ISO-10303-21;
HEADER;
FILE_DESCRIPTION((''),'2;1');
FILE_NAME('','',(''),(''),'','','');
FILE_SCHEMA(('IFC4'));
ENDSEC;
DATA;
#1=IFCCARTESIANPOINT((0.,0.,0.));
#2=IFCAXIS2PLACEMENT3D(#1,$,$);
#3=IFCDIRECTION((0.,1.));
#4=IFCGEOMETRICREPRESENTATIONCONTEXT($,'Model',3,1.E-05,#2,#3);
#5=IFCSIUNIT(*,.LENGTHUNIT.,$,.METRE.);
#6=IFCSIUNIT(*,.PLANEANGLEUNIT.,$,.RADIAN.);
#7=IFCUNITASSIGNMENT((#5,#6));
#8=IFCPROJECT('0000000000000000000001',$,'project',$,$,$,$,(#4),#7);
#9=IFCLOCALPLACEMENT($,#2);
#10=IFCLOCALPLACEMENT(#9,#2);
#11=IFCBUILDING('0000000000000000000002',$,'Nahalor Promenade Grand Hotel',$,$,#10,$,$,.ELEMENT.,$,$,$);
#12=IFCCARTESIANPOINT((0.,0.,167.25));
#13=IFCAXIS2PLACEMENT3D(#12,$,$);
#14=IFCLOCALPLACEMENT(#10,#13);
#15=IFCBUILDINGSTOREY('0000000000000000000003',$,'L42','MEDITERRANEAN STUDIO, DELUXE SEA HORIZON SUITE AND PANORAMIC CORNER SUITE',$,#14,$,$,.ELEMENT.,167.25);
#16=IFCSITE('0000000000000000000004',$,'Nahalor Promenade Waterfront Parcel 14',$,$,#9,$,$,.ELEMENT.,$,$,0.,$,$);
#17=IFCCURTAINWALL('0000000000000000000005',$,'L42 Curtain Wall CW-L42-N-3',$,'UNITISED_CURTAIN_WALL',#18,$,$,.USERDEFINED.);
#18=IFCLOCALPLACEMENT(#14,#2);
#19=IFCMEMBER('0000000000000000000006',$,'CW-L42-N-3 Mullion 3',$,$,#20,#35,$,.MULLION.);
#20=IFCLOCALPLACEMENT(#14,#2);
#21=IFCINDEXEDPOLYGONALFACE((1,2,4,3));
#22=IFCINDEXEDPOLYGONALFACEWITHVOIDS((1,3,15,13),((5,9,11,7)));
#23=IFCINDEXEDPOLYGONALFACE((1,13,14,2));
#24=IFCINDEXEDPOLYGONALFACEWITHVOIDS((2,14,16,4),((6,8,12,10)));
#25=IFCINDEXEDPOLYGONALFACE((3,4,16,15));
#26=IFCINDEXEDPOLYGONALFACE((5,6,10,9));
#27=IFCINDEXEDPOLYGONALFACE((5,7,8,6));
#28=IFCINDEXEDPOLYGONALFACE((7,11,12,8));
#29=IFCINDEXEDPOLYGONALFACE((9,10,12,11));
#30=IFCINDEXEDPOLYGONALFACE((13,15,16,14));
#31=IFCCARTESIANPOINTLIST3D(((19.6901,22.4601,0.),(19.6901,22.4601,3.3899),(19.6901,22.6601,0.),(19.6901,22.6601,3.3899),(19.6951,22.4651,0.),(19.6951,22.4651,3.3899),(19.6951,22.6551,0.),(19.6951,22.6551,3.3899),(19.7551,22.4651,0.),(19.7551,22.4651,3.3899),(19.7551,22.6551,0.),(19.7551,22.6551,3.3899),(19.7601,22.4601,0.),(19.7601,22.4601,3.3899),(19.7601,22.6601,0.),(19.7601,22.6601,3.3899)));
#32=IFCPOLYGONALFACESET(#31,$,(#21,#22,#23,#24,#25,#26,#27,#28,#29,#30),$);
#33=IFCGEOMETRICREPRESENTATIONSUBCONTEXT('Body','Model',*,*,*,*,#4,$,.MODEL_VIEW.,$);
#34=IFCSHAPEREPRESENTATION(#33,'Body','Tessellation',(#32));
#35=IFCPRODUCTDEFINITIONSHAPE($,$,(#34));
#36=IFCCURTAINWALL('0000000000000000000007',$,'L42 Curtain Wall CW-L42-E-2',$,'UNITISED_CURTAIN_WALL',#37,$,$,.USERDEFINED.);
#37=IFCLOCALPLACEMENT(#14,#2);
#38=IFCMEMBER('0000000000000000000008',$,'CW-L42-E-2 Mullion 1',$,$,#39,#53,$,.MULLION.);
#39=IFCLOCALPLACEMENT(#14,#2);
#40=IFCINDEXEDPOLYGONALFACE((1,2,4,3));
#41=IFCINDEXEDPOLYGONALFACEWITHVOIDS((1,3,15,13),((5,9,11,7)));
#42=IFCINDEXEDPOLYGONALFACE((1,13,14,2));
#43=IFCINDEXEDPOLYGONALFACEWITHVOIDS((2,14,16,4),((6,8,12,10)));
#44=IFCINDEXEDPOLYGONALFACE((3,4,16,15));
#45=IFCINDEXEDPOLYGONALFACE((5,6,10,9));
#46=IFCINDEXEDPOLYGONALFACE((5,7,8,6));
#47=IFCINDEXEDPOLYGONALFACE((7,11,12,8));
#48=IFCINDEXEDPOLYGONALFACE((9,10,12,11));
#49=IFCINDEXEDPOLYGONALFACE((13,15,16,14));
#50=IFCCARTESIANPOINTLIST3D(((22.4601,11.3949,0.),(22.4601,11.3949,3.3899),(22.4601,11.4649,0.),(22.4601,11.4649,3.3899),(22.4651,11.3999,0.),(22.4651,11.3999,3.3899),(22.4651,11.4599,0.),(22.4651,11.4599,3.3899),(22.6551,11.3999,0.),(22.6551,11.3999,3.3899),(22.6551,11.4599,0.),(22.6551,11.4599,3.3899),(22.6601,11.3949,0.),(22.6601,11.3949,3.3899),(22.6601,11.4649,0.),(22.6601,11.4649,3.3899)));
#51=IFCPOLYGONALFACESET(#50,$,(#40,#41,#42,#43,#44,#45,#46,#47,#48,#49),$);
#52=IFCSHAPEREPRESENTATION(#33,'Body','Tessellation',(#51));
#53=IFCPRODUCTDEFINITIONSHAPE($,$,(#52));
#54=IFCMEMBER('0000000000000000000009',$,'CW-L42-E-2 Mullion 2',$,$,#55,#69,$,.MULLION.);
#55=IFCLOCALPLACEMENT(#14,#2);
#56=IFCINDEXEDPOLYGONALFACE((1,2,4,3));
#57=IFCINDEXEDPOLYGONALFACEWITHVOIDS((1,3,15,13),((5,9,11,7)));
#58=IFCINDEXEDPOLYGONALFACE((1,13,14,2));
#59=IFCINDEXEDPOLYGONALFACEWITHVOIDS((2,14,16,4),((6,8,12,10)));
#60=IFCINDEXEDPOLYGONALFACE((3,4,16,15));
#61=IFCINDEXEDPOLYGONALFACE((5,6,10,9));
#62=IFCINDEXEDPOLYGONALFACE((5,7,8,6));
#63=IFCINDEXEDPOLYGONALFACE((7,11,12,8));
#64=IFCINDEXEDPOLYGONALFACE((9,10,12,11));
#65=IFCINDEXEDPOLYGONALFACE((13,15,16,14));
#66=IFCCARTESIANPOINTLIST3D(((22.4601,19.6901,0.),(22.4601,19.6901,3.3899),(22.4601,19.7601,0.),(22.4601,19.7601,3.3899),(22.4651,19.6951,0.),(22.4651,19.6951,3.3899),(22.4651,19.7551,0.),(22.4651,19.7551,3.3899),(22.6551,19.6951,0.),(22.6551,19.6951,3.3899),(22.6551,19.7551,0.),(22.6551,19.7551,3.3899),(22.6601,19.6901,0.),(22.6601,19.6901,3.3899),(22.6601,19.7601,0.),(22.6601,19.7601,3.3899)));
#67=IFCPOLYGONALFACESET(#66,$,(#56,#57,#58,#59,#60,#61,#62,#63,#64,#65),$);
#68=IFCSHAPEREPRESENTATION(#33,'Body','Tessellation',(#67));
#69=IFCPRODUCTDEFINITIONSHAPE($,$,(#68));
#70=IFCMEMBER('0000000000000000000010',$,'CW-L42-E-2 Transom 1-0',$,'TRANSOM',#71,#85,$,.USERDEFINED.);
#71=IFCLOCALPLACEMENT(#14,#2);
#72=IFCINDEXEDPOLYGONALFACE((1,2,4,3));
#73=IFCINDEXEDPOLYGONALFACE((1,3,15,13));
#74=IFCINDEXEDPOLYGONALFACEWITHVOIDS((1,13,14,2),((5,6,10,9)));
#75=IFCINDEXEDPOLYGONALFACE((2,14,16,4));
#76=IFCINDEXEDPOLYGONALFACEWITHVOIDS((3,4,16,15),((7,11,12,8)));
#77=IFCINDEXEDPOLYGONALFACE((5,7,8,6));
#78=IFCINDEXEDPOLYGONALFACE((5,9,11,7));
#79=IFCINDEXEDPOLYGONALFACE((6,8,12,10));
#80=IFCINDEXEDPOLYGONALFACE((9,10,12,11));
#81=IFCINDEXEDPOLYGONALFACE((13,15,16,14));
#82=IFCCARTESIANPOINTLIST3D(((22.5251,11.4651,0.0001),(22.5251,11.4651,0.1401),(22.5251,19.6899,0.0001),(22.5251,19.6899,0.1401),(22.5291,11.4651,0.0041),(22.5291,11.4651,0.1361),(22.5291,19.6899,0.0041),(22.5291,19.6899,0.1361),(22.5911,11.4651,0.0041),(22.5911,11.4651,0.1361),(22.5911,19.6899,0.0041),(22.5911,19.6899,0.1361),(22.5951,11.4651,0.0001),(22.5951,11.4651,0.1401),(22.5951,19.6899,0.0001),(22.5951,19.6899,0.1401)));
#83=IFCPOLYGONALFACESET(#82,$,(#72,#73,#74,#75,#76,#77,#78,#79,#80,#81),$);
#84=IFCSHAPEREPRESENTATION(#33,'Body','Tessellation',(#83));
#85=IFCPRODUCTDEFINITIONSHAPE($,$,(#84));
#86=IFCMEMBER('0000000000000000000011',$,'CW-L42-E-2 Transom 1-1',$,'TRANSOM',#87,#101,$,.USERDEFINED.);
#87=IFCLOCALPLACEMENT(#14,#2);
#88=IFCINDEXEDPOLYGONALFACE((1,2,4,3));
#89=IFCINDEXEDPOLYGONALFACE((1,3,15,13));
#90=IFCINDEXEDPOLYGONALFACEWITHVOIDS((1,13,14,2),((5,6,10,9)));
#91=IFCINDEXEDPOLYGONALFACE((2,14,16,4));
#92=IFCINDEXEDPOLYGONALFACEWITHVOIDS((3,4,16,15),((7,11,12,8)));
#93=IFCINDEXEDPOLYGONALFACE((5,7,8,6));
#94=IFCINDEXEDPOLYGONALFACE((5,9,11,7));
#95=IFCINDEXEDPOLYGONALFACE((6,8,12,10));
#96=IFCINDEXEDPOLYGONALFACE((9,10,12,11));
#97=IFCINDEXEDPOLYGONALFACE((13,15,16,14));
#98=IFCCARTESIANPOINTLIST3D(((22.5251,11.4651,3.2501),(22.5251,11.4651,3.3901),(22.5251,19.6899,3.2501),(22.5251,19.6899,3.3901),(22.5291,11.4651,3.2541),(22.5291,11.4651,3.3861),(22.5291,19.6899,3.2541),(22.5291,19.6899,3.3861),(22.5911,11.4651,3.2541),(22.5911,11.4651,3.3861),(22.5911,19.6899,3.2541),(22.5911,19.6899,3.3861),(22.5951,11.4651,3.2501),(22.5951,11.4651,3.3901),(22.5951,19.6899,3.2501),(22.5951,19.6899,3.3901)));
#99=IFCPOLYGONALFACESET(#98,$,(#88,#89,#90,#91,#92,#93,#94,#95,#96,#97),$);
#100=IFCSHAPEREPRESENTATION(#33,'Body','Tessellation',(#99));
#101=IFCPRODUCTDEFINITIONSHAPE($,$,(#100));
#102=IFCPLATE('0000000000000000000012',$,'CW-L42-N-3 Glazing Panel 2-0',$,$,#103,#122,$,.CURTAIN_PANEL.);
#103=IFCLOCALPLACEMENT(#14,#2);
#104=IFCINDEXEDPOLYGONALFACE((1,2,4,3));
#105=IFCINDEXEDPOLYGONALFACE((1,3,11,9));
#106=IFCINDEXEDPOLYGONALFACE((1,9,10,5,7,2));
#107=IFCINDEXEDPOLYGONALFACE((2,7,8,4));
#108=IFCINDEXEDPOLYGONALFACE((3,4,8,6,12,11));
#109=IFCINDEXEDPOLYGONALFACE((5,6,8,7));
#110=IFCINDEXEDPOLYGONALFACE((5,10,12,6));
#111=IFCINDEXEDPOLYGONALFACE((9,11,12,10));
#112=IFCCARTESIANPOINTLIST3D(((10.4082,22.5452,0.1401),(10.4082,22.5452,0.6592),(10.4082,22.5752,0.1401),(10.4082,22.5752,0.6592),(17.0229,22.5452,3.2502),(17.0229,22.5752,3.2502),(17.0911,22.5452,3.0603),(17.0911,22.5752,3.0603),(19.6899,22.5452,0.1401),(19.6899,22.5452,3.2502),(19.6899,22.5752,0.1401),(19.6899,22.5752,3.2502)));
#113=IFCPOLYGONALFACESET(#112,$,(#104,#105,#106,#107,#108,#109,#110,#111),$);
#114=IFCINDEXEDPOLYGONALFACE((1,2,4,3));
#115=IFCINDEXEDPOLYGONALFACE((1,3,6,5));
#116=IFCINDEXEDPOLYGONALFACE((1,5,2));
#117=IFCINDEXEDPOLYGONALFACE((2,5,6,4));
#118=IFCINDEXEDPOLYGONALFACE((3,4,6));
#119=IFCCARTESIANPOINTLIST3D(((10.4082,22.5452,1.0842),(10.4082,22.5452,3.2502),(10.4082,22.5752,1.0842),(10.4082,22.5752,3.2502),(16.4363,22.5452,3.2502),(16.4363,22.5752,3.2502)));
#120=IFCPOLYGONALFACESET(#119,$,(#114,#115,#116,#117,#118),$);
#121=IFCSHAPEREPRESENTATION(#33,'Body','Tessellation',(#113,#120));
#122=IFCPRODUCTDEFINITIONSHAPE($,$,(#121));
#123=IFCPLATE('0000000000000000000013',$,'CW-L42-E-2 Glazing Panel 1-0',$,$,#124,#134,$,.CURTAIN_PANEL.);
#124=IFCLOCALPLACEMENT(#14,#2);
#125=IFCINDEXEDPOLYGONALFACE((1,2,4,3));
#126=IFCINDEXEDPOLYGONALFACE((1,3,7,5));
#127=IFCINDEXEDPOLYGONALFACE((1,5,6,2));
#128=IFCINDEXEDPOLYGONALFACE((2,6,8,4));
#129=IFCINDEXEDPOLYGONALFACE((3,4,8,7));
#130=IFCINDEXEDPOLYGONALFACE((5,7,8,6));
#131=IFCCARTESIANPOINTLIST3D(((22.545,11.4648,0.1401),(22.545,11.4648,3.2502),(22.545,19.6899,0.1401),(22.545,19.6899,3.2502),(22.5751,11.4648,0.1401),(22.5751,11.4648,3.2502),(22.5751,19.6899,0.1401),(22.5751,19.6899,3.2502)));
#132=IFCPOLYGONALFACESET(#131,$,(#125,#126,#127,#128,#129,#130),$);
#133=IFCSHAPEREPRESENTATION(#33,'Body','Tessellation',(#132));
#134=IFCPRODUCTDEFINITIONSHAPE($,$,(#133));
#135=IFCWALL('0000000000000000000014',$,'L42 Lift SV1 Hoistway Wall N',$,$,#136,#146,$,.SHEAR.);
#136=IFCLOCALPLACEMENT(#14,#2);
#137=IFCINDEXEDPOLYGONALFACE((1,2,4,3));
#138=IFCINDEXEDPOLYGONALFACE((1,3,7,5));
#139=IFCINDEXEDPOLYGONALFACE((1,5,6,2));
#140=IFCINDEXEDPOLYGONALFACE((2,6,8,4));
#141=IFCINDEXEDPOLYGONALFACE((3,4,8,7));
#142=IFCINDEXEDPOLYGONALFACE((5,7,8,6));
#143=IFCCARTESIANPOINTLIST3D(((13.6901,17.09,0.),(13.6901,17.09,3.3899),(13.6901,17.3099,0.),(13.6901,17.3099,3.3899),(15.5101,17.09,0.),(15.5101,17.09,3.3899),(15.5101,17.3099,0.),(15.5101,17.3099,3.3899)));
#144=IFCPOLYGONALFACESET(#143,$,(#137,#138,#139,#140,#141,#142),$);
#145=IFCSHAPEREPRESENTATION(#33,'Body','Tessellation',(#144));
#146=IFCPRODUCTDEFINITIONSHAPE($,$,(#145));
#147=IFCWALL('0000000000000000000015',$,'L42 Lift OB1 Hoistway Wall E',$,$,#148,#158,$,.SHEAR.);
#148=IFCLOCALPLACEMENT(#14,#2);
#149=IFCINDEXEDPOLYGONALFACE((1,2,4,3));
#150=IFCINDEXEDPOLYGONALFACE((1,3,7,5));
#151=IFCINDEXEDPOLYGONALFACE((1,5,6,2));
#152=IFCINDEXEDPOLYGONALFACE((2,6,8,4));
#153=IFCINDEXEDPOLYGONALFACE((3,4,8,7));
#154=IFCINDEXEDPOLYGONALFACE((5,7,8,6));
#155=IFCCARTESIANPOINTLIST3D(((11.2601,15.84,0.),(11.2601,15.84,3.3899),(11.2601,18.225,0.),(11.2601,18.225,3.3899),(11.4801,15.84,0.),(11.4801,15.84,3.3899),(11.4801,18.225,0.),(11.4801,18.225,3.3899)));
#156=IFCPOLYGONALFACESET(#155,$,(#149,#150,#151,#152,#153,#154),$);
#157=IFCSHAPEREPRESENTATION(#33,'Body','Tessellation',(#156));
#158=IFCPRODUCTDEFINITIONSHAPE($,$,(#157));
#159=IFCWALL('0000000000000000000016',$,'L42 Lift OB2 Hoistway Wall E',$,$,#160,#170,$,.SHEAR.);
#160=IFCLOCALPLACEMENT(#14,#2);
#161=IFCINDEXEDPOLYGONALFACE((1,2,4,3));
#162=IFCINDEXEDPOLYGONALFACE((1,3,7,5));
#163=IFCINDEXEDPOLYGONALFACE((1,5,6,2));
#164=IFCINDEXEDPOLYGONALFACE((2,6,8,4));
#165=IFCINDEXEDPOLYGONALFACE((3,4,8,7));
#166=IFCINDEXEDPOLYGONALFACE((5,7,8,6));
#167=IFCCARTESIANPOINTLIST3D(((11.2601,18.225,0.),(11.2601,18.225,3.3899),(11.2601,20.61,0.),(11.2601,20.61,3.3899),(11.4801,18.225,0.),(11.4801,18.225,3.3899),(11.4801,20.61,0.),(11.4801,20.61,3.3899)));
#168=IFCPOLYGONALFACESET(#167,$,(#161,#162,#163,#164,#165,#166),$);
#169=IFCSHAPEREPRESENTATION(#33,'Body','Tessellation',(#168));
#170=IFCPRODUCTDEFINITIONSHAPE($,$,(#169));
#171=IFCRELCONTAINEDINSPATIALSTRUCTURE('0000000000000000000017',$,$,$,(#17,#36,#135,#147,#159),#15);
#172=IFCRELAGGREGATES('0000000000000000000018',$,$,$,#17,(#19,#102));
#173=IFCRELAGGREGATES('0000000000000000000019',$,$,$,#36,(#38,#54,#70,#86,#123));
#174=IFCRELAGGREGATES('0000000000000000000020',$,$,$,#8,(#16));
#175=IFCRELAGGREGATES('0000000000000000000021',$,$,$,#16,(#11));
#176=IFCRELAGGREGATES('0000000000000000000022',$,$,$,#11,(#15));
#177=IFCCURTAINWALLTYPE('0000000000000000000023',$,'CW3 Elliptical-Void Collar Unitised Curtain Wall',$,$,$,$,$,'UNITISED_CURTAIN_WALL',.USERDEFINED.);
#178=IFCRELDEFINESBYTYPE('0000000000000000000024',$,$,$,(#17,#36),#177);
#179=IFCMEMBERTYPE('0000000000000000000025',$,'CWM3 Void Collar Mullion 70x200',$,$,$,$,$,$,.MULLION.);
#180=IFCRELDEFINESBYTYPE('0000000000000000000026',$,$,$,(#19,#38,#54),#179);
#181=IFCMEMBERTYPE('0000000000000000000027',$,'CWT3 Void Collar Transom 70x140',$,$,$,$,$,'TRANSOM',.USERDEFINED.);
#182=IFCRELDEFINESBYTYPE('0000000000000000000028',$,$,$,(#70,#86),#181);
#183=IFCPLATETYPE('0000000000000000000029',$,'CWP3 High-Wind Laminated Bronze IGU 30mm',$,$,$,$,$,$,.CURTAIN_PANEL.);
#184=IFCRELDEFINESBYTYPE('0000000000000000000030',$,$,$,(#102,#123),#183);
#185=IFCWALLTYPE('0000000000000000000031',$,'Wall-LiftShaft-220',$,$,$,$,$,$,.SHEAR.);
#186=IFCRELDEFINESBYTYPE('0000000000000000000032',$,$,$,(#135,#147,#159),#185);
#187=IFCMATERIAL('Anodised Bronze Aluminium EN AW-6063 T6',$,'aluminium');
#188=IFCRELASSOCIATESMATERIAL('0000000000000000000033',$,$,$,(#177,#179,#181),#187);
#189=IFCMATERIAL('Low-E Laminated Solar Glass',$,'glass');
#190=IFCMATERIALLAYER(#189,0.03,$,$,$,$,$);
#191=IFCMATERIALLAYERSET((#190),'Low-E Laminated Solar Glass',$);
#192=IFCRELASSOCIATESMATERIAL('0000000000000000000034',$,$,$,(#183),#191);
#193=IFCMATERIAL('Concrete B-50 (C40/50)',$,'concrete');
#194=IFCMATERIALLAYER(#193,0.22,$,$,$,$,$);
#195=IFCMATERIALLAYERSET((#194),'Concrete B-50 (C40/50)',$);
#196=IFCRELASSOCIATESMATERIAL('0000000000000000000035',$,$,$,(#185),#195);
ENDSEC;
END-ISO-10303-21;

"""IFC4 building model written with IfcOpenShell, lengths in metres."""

from ifc_helpers import new_model, si_unit, direction, frame, frame_2d, origin, origin_2d, place, context, subcontext, project, spatial, polyline, rectangle, hollow_rectangle, outline, extrude, source, transform, mapped, material, layer, layer_set, material_profile, profile_set, type_object, element, aggregate, save


model = new_model("IFC4")

# Units and contexts
model_context = context("Model", 3, precision=1e-05, world=origin(), true_north=direction((0.0, 1.0)))
body_context = subcontext(model_context, "Body", "Model", "MODEL_VIEW")
ifc_project = project(units=[si_unit("LENGTHUNIT", "METRE"), si_unit("PLANEANGLEUNIT", "RADIAN")], contexts=[model_context])

# Site, building, storey
site_placement = place(None, origin())
site = spatial("IfcSite", under=ifc_project, at=site_placement, Name="Nahalor Promenade Waterfront Parcel 14", CompositionType="ELEMENT", RefElevation=0.0)
building_placement = place(site_placement, origin())
building = spatial("IfcBuilding", under=site, at=building_placement, Name="Nahalor Promenade Grand Hotel", CompositionType="ELEMENT")
storey_placement = place(building_placement, frame((0.0, 0.0, 167.25)))
storey = spatial("IfcBuildingStorey", under=building, at=storey_placement, Name="L42", Description="MEDITERRANEAN STUDIO, DELUXE SEA HORIZON SUITE AND PANORAMIC CORNER SUITE", CompositionType="ELEMENT", Elevation=167.25)

# Curtain wall, member
ifc_material_1 = material(Name="Anodised Bronze Aluminium EN AW-6063 T6", Category="aluminium")
curtain_wall_type = type_object("IfcCurtainWallType", Name="CW3 Elliptical-Void Collar Unitised Curtain Wall", ElementType="UNITISED_CURTAIN_WALL", PredefinedType="USERDEFINED", material=ifc_material_1)
curtain_wall_1_placement = place(storey_placement, origin())
curtain_wall_1 = element("IfcCurtainWall", 1, at=curtain_wall_1_placement, inside=storey, type_object=curtain_wall_type, Name="L42 Curtain Wall CW-L42-N-3", ObjectType="UNITISED_CURTAIN_WALL", PredefinedType="USERDEFINED")
ifc_material_profile_1 = material_profile(ifc_material_1, hollow_rectangle(XDim=0.07, YDim=0.2, WallThickness=0.005, at=origin_2d()), Name="CWM 70x200x5")
ifc_profile_set_1 = profile_set([ifc_material_profile_1], Name="Anodised Bronze Aluminium EN AW-6063 T6")
member_type_1 = type_object("IfcMemberType", Name="CWM3 Void Collar Mullion 70x200", PredefinedType="MULLION", material=ifc_profile_set_1)
shared_shape_1 = source(origin(), body_context, "Body", "SweptSolid", [
    extrude(hollow_rectangle(XDim=0.07, YDim=0.2, WallThickness=0.005, at=origin_2d()), origin(), (0.0, 0.0, 1.0), 3.3899),
])
member_1_placement = place(storey_placement, frame((19.7251, 22.5601, 0.0), z_axis=(0.0, 0.0, 1.0), x_axis=(1.0, 0.0, 0.0)))
member_1 = element("IfcMember", 2, at=member_1_placement, type_object=member_type_1, Name="CW-L42-N-3 Mullion 3", PredefinedType="MULLION", context=body_context, shape_type="MappedRepresentation", body=[
    mapped(shared_shape_1, transform((0.0, 0.0, 0.0), scale=1.0)),
])

# Curtain wall, members
curtain_wall_2_placement = place(storey_placement, origin())
curtain_wall_2 = element("IfcCurtainWall", 3, at=curtain_wall_2_placement, inside=storey, type_object=curtain_wall_type, Name="L42 Curtain Wall CW-L42-E-2", ObjectType="UNITISED_CURTAIN_WALL", PredefinedType="USERDEFINED")
member_2_placement = place(storey_placement, frame((22.5601, 11.4299, 0.0), z_axis=(0.0, 0.0, 1.0), x_axis=(0.0, 1.0, 0.0)))
member_2 = element("IfcMember", 4, at=member_2_placement, type_object=member_type_1, Name="CW-L42-E-2 Mullion 1", PredefinedType="MULLION", context=body_context, shape_type="MappedRepresentation", body=[
    mapped(shared_shape_1, transform((0.0, 0.0, 0.0), scale=1.0)),
])
member_3_placement = place(storey_placement, frame((22.5601, 19.7251, 0.0), z_axis=(0.0, 0.0, 1.0), x_axis=(0.0, 1.0, 0.0)))
member_3 = element("IfcMember", 5, at=member_3_placement, type_object=member_type_1, Name="CW-L42-E-2 Mullion 2", PredefinedType="MULLION", context=body_context, shape_type="MappedRepresentation", body=[
    mapped(shared_shape_1, transform((0.0, 0.0, 0.0), scale=1.0)),
])
ifc_material_profile_2 = material_profile(ifc_material_1, hollow_rectangle(XDim=0.07, YDim=0.14, WallThickness=0.004, at=origin_2d()), Name="CWT 70x140x4")
ifc_profile_set_2 = profile_set([ifc_material_profile_2], Name="Anodised Bronze Aluminium EN AW-6063 T6")
member_type_2 = type_object("IfcMemberType", Name="CWT3 Void Collar Transom 70x140", ElementType="TRANSOM", PredefinedType="USERDEFINED", material=ifc_profile_set_2)
shared_shape_2 = source(origin(), body_context, "Body", "SweptSolid", [
    extrude(hollow_rectangle(XDim=0.07, YDim=0.14, WallThickness=0.004, at=origin_2d()), origin(), (0.0, 0.0, 1.0), 8.2249),
])
member_4_placement = place(storey_placement, frame((22.5601, 11.4651, 0.0701), z_axis=(0.0, 1.0, 0.0), x_axis=(-1.0, 0.0, 0.0)))
member_4 = element("IfcMember", 6, at=member_4_placement, type_object=member_type_2, Name="CW-L42-E-2 Transom 1-0", ObjectType="TRANSOM", PredefinedType="USERDEFINED", context=body_context, shape_type="MappedRepresentation", body=[
    mapped(shared_shape_2, transform((0.0, 0.0, 0.0), scale=1.0)),
])
member_5_placement = place(storey_placement, frame((22.5601, 11.4651, 3.3201), z_axis=(0.0, 1.0, 0.0), x_axis=(-1.0, 0.0, 0.0)))
member_5 = element("IfcMember", 7, at=member_5_placement, type_object=member_type_2, Name="CW-L42-E-2 Transom 1-1", ObjectType="TRANSOM", PredefinedType="USERDEFINED", context=body_context, shape_type="MappedRepresentation", body=[
    mapped(shared_shape_2, transform((0.0, 0.0, 0.0), scale=1.0)),
])

# Plates
ifc_material_2 = material(Name="Low-E Laminated Solar Glass", Category="glass")
ifc_layer_1 = layer(ifc_material_2, 0.03)
ifc_layer_set_1 = layer_set([ifc_layer_1], Name="Low-E Laminated Solar Glass")
plate_type = type_object("IfcPlateType", Name="CWP3 High-Wind Laminated Bronze IGU 30mm", PredefinedType="CURTAIN_PANEL", material=ifc_layer_set_1)
plate_1_placement = place(storey_placement, frame((15.0491, 22.5601, 0.1401), z_axis=(0.0, 0.0, 1.0), x_axis=(1.0, 0.0, 0.0)))
plate_1 = element("IfcPlate", 8, at=plate_1_placement, type_object=plate_type, Name="CW-L42-N-3 Glazing Panel 2-0", PredefinedType="CURTAIN_PANEL", context=body_context, shape_type="SweptSolid", body=[
    extrude(outline(polyline([(4.6409, 0.0), (4.6409, 3.1101), (1.9739, 3.1101), (2.042, 2.9202), (-4.6409, 0.519), (-4.6409, 0.0), (4.6409, 0.0)])), frame((0.0, 0.0151, 0.0), z_axis=(0.0, -1.0, 0.0), x_axis=(1.0, 0.0, 0.0)), (0.0, 0.0, 1.0), 0.03),
    extrude(outline(polyline([(1.3872, 3.1101), (-4.6409, 3.1101), (-4.6409, 0.9441), (1.3872, 3.1101)])), frame((0.0, 0.0151, 0.0), z_axis=(0.0, -1.0, 0.0), x_axis=(1.0, 0.0, 0.0)), (0.0, 0.0, 1.0), 0.03),
])
aggregate(curtain_wall_1, [member_1, plate_1])
shared_shape_3 = source(origin(), body_context, "Body", "SweptSolid", [
    extrude(rectangle(XDim=8.2251, YDim=0.03, at=origin_2d()), origin(), (0.0, 0.0, 1.0), 3.1101),
])
plate_2_placement = place(storey_placement, frame((22.5601, 15.5774, 0.1401), z_axis=(0.0, 0.0, 1.0), x_axis=(0.0, 1.0, 0.0)))
plate_2 = element("IfcPlate", 9, at=plate_2_placement, type_object=plate_type, Name="CW-L42-E-2 Glazing Panel 1-0", PredefinedType="CURTAIN_PANEL", context=body_context, shape_type="MappedRepresentation", body=[
    mapped(shared_shape_3, transform((0.0, 0.0, 0.0), scale=1.0)),
])
aggregate(curtain_wall_2, [member_2, member_3, member_4, member_5, plate_2])

# Walls
ifc_material_3 = material(Name="Concrete B-50 (C40/50)", Category="concrete")
ifc_layer_2 = layer(ifc_material_3, 0.22)
ifc_layer_set_2 = layer_set([ifc_layer_2], Name="Concrete B-50 (C40/50)")
wall_type_1 = type_object("IfcWallType", Name="Wall-LiftShaft-220", PredefinedType="SHEAR", material=ifc_layer_set_2)
shared_shape_4 = source(origin(), body_context, "Body", "SweptSolid", [
    extrude(rectangle(XDim=1.8201, YDim=0.22, at=frame_2d((0.9102, 0.0))), origin(), (0.0, 0.0, 1.0), 3.3899),
])
wall_1_placement = place(storey_placement, frame((13.6899, 17.2, 0.0), z_axis=(0.0, 0.0, 1.0), x_axis=(1.0, 0.0, 0.0)))
element("IfcWall", 10, at=wall_1_placement, inside=storey, type_object=wall_type_1, Name="L42 Lift SV1 Hoistway Wall N", PredefinedType="SHEAR", context=body_context, shape_type="MappedRepresentation", body=[
    mapped(shared_shape_4, transform((0.0, 0.0, 0.0), scale=1.0)),
])
shared_shape_5 = source(origin(), body_context, "Body", "SweptSolid", [
    extrude(rectangle(XDim=2.385, YDim=0.22, at=frame_2d((1.1924, 0.0))), origin(), (0.0, 0.0, 1.0), 3.3899),
])
for number, where, z_axis, x_axis, name in (
    (11, (11.3701, 15.8401, 0.0), (0.0, 0.0, 1.0), (0.0, 1.0, 0.0), "L42 Lift OB1 Hoistway Wall E"),
    (12, (11.3701, 18.2251, 0.0), (0.0, 0.0, 1.0), (0.0, 1.0, 0.0), "L42 Lift OB2 Hoistway Wall E"),
):
    element("IfcWall", number, at=place(storey_placement, frame(where, z_axis=z_axis, x_axis=x_axis)), inside=storey, type_object=wall_type_1, Name=name, PredefinedType="SHEAR", context=body_context, shape_type="MappedRepresentation", body=[
        mapped(shared_shape_5, transform((0.0, 0.0, 0.0), scale=1.0)),
    ])

save(model, "model.ifc")
